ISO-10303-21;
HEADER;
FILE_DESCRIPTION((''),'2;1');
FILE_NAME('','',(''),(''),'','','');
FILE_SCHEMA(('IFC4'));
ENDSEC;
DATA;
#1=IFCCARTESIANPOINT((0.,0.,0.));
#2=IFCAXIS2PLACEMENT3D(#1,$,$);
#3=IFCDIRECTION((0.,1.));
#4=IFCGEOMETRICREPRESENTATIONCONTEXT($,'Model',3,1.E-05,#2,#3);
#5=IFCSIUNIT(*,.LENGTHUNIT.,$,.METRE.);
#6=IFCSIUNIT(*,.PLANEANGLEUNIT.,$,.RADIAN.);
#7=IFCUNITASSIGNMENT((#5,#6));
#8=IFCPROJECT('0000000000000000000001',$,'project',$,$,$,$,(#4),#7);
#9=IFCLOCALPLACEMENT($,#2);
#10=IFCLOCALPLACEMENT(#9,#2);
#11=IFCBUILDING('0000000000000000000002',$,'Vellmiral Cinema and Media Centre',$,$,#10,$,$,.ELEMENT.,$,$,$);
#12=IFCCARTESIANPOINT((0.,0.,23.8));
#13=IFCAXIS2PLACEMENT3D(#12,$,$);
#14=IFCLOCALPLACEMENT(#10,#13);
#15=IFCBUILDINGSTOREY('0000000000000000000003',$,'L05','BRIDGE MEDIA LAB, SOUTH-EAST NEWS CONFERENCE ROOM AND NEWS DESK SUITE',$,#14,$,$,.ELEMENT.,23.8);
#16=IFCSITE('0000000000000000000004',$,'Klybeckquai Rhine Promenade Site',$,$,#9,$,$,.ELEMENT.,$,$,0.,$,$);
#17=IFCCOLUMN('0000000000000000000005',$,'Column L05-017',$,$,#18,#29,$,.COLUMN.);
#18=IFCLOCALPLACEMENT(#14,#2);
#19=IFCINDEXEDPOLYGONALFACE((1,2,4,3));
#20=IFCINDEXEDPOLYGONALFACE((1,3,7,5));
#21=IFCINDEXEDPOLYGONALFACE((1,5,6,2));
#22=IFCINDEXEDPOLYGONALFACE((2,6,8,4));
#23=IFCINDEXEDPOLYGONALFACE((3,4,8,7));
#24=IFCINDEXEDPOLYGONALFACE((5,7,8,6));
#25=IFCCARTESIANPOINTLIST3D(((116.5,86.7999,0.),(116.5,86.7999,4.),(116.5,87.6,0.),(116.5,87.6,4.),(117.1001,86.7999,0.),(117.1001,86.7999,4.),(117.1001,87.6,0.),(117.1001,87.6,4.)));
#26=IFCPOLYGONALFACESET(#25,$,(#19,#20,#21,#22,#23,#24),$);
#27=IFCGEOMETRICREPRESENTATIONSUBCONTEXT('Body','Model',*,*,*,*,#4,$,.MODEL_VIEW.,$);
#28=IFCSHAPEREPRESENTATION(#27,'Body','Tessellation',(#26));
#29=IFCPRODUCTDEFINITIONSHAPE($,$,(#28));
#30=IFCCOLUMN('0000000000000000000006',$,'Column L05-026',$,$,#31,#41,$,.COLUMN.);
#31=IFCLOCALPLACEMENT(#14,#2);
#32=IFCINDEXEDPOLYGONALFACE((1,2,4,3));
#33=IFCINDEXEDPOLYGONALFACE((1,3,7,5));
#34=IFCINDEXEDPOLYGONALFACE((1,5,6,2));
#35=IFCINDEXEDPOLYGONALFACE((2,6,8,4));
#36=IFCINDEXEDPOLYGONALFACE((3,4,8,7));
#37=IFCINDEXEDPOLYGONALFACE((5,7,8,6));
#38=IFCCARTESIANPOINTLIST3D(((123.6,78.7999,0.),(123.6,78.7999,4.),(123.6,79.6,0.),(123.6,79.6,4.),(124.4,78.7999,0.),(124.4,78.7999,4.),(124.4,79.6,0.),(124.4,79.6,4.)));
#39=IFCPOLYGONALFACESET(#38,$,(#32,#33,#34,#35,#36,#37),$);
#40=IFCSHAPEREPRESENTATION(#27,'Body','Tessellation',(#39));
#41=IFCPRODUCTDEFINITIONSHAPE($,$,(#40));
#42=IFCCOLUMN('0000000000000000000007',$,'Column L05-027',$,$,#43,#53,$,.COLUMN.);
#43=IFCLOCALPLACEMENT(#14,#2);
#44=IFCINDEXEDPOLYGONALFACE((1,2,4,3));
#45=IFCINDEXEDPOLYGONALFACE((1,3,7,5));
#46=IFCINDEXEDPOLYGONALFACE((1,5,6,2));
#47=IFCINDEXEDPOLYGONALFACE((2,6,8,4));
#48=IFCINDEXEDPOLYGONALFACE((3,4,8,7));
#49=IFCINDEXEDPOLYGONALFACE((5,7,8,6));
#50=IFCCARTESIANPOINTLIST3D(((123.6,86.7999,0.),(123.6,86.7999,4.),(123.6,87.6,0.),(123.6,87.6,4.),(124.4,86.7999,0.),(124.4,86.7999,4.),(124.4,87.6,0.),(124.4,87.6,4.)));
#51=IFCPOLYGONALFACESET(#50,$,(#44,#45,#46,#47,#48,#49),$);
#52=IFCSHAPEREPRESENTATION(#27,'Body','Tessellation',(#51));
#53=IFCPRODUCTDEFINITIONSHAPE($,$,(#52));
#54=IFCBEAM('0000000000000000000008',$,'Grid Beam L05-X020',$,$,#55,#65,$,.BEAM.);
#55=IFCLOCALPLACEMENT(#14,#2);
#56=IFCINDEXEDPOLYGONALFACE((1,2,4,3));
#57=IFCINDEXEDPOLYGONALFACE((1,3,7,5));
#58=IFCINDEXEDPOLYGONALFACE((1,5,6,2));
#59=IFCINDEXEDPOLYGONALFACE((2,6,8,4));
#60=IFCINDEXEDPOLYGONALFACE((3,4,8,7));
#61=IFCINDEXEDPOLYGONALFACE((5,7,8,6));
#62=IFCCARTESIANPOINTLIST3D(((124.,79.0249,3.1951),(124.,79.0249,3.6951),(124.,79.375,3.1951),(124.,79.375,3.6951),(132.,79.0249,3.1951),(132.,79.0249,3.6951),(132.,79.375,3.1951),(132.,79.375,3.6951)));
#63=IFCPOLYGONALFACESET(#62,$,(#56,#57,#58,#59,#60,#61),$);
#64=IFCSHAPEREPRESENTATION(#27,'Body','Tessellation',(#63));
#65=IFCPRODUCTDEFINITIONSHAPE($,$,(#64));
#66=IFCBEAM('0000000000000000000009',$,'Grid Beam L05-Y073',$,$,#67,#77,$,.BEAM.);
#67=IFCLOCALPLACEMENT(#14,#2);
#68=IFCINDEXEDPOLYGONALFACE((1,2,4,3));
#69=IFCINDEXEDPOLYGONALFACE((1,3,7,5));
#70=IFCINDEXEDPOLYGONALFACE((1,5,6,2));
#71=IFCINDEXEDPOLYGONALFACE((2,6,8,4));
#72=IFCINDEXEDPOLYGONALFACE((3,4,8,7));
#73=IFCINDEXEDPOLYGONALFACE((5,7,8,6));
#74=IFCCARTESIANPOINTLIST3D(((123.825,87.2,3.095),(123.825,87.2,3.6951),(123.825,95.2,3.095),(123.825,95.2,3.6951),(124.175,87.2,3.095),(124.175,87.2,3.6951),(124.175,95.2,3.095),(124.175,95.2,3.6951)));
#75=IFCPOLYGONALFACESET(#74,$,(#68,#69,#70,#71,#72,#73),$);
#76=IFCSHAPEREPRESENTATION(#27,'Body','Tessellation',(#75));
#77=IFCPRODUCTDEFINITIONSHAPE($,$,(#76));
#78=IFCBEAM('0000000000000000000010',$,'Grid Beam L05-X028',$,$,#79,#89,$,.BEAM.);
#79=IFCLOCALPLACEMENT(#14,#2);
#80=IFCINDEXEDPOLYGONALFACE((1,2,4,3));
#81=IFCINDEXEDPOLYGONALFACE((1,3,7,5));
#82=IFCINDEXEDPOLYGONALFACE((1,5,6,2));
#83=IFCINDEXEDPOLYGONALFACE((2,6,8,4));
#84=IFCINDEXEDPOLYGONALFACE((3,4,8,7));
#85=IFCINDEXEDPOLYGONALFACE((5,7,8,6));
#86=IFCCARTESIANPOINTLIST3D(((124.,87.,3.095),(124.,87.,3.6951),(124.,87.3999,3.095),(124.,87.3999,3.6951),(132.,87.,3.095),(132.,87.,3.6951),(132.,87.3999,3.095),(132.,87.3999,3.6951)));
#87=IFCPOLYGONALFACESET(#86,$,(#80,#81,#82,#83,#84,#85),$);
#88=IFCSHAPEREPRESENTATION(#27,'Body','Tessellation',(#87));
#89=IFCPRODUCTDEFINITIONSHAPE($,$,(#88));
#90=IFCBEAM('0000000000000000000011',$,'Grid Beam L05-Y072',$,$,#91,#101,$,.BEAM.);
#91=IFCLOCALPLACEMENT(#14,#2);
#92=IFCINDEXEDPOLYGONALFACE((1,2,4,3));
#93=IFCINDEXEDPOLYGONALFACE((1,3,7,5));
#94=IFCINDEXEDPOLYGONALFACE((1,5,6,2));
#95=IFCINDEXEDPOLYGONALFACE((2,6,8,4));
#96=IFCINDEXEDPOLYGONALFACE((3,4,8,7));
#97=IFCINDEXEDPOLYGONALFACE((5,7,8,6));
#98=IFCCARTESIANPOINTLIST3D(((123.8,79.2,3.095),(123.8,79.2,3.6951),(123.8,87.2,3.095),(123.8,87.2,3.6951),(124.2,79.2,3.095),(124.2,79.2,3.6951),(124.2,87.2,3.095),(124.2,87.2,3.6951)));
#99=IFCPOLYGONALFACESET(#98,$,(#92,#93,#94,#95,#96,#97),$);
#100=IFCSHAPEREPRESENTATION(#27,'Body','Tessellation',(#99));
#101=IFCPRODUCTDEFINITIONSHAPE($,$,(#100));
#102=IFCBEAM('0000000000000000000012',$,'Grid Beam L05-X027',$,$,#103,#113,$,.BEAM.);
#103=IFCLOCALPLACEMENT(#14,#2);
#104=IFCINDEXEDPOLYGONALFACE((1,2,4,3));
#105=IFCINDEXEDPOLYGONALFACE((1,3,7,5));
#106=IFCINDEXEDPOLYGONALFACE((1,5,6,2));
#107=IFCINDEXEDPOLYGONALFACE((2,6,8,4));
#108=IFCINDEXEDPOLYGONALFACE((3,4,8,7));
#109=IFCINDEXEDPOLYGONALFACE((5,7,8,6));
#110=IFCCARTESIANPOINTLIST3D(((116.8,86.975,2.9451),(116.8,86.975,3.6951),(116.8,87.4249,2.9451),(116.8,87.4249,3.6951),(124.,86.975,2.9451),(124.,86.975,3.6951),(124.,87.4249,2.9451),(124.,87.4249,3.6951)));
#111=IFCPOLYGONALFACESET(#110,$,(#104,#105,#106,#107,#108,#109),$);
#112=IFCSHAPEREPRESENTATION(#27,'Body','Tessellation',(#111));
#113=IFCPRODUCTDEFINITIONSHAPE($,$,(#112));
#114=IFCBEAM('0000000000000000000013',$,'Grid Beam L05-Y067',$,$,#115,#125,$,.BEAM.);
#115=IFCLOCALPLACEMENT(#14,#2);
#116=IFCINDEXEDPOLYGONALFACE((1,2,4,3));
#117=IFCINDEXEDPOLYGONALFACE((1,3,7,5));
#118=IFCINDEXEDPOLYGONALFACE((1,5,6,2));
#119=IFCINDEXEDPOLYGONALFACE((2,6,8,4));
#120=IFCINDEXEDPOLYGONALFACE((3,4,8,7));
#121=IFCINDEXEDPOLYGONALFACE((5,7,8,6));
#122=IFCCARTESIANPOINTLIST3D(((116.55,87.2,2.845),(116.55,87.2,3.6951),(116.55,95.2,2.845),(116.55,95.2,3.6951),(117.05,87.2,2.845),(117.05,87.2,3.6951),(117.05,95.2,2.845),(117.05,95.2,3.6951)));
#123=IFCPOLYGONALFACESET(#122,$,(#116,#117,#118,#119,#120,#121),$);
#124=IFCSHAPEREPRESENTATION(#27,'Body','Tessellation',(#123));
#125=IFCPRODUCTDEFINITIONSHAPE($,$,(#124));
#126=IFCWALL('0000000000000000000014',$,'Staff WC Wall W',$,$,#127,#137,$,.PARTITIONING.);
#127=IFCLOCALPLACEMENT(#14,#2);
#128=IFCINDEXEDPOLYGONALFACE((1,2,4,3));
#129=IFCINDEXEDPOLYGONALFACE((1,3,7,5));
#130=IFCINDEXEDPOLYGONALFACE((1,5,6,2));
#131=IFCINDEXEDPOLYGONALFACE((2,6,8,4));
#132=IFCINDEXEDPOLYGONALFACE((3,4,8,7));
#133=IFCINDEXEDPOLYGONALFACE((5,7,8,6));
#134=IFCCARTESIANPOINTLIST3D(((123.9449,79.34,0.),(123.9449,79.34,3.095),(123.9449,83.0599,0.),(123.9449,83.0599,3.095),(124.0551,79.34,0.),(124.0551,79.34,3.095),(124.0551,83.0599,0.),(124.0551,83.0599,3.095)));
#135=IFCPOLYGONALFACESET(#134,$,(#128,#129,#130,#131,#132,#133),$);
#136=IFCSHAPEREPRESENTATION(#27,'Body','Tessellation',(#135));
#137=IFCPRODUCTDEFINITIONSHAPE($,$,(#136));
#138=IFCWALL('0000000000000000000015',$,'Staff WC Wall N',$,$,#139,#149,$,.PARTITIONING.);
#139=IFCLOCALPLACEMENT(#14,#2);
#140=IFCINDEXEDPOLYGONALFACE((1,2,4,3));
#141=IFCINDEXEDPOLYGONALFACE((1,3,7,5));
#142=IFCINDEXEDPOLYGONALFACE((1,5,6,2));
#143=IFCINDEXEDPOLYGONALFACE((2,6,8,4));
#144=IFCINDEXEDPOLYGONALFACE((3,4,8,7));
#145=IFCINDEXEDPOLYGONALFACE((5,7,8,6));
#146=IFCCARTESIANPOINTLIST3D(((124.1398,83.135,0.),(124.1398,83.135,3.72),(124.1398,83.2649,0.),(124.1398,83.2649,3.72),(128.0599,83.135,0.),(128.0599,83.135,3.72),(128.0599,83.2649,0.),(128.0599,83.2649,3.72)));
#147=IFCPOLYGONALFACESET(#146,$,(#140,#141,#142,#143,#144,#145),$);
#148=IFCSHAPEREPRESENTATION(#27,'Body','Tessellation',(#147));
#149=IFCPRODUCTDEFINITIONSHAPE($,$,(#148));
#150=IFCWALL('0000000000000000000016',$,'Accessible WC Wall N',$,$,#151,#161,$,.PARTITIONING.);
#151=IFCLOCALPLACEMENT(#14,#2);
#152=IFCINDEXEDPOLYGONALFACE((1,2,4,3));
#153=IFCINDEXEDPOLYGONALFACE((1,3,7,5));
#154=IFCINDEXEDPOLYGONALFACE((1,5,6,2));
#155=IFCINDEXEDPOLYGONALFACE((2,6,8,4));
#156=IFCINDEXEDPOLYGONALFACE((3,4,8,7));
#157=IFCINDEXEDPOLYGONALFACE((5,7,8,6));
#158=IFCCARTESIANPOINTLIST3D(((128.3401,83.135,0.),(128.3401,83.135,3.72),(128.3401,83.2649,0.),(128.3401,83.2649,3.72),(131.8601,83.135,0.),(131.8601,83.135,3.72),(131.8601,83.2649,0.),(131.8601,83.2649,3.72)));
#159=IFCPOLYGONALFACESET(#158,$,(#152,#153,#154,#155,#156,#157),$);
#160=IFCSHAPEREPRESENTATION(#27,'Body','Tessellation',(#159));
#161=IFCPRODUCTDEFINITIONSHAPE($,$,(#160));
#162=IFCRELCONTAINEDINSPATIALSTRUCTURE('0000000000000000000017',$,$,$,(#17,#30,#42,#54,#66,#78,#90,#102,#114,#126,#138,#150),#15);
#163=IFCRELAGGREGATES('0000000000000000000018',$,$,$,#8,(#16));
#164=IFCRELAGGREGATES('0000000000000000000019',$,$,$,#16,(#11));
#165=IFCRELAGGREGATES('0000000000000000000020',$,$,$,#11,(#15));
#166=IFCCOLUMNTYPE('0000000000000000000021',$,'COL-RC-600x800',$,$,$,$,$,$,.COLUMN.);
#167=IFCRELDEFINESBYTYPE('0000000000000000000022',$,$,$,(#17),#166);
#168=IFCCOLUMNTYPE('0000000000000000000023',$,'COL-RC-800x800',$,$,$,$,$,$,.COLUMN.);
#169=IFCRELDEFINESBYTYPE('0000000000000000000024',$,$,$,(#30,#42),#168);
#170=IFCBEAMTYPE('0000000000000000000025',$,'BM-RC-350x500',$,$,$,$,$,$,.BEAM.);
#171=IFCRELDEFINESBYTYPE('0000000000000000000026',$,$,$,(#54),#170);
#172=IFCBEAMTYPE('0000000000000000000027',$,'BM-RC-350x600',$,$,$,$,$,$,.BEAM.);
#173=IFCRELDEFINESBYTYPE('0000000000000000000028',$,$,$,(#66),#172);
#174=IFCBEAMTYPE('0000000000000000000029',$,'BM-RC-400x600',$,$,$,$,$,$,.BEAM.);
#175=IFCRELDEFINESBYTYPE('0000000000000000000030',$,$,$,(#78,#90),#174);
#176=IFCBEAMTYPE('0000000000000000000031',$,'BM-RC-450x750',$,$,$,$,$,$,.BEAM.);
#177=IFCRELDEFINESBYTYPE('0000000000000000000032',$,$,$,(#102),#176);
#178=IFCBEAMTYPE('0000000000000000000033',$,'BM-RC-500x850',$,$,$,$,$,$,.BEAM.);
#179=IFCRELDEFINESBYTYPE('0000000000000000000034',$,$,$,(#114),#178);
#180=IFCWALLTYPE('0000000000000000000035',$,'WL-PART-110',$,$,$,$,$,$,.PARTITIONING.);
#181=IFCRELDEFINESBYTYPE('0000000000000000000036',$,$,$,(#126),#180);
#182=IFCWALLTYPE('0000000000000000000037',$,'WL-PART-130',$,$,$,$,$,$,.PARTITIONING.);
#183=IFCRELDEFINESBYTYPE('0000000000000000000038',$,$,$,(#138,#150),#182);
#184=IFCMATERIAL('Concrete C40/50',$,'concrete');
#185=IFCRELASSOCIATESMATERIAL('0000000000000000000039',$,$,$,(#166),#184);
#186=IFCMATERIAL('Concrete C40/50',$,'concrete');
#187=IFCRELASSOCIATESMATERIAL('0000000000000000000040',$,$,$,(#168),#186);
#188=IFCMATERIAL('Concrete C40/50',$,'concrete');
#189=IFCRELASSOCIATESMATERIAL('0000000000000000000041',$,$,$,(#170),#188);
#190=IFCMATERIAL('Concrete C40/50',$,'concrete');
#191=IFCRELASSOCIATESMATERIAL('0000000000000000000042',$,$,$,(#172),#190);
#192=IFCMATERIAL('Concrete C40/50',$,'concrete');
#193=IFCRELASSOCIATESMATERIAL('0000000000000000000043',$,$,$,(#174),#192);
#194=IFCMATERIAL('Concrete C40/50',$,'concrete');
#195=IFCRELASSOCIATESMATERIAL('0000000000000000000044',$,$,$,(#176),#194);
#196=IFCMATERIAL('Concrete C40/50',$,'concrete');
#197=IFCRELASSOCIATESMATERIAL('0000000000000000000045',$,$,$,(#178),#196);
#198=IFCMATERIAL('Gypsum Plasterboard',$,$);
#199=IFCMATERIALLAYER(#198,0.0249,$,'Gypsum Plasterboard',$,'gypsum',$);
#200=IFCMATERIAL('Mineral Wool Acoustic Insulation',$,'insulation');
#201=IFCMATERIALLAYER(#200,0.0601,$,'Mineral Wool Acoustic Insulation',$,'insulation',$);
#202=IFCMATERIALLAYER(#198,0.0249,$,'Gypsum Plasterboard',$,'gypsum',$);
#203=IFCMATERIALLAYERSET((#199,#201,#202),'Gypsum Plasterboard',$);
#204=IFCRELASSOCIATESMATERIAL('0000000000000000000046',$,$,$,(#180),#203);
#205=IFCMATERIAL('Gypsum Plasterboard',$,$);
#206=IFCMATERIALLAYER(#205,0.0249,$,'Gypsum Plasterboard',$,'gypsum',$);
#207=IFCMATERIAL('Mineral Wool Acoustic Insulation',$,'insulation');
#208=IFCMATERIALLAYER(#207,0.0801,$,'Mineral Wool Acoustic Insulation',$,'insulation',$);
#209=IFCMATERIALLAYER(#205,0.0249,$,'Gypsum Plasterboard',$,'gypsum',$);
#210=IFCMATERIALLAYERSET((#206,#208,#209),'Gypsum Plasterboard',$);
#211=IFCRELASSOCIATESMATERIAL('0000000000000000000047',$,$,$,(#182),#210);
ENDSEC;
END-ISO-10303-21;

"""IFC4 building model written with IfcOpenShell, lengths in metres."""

from ifc_helpers import new_model, si_unit, direction, frame, frame_2d, origin, origin_2d, place, context, subcontext, project, spatial, rectangle, extrude, material, layer, layer_set, material_profile, profile_set, type_object, element, save


model = new_model("IFC4")

# Units and contexts
model_context = context("Model", 3, precision=1e-05, world=origin(), true_north=direction((0.0, 1.0)))
body_context = subcontext(model_context, "Body", "Model", "MODEL_VIEW")
ifc_project = project(units=[si_unit("LENGTHUNIT", "METRE"), si_unit("PLANEANGLEUNIT", "RADIAN")], contexts=[model_context])

# Site, building, storey
site_placement = place(None, origin())
site = spatial("IfcSite", under=ifc_project, at=site_placement, Name="Klybeckquai Rhine Promenade Site", CompositionType="ELEMENT", RefElevation=0.0)
building_placement = place(site_placement, origin())
building = spatial("IfcBuilding", under=site, at=building_placement, Name="Vellmiral Cinema and Media Centre", CompositionType="ELEMENT")
storey_placement = place(building_placement, frame((0.0, 0.0, 23.8)))
storey = spatial("IfcBuildingStorey", under=building, at=storey_placement, Name="L05", Description="BRIDGE MEDIA LAB, SOUTH-EAST NEWS CONFERENCE ROOM AND NEWS DESK SUITE", CompositionType="ELEMENT", Elevation=23.8)

# Columns
ifc_material_1 = material(Name="Concrete C40/50", Category="concrete")
ifc_material_profile_1 = material_profile(ifc_material_1, rectangle(XDim=0.6001, YDim=0.8, at=origin_2d()), Name="RC 600x800")
ifc_profile_set_1 = profile_set([ifc_material_profile_1], Name="Concrete C40/50")
column_type_1 = type_object("IfcColumnType", Name="COL-RC-600x800", PredefinedType="COLUMN", material=ifc_profile_set_1)
column_placement = place(storey_placement, frame((116.8, 87.2, 0.0), z_axis=(0.0, 0.0, 1.0), x_axis=(1.0, 0.0, 0.0)))
element("IfcColumn", 1, at=column_placement, inside=storey, type_object=column_type_1, Name="Column L05-017", PredefinedType="COLUMN", context=body_context, shape_type="SweptSolid", body=[
    extrude(rectangle(XDim=0.6001, YDim=0.8, at=origin_2d()), origin(), (0.0, 0.0, 1.0), 4.0),
])
ifc_material_2 = material(Name="Concrete C40/50", Category="concrete")
ifc_material_profile_2 = material_profile(ifc_material_2, rectangle(XDim=0.8, YDim=0.8, at=origin_2d()), Name="RC 800x800")
ifc_profile_set_2 = profile_set([ifc_material_profile_2], Name="Concrete C40/50")
column_type_2 = type_object("IfcColumnType", Name="COL-RC-800x800", PredefinedType="COLUMN", material=ifc_profile_set_2)
for number, where, z_axis, x_axis, name in (
    (2, (124.0, 79.2, 0.0), (0.0, 0.0, 1.0), (1.0, 0.0, 0.0), "Column L05-026"),
    (3, (124.0, 87.2, 0.0), (0.0, 0.0, 1.0), (1.0, 0.0, 0.0), "Column L05-027"),
):
    element("IfcColumn", number, at=place(storey_placement, frame(where, z_axis=z_axis, x_axis=x_axis)), inside=storey, type_object=column_type_2, Name=name, PredefinedType="COLUMN", context=body_context, shape_type="SweptSolid", body=[
        extrude(rectangle(XDim=0.8, YDim=0.8, at=origin_2d()), origin(), (0.0, 0.0, 1.0), 4.0),
    ])

# Beams
ifc_material_3 = material(Name="Concrete C40/50", Category="concrete")
ifc_material_profile_3 = material_profile(ifc_material_3, rectangle(XDim=0.3501, YDim=0.5, at=origin_2d()), Name="RC 350x500")
ifc_profile_set_3 = profile_set([ifc_material_profile_3], Name="Concrete C40/50")
beam_type_1 = type_object("IfcBeamType", Name="BM-RC-350x500", PredefinedType="BEAM", material=ifc_profile_set_3)
beam_1_placement = place(storey_placement, frame((124.0, 79.2, 3.4451), z_axis=(1.0, 0.0, 0.0), x_axis=(0.0, 1.0, 0.0)))
element("IfcBeam", 4, at=beam_1_placement, inside=storey, type_object=beam_type_1, Name="Grid Beam L05-X020", PredefinedType="BEAM", context=body_context, shape_type="SweptSolid", body=[
    extrude(rectangle(XDim=0.3501, YDim=0.5, at=origin_2d()), origin(), (0.0, 0.0, 1.0), 8.0),
])
ifc_material_4 = material(Name="Concrete C40/50", Category="concrete")
ifc_material_profile_4 = material_profile(ifc_material_4, rectangle(XDim=0.3501, YDim=0.6001, at=origin_2d()), Name="RC 350x600")
ifc_profile_set_4 = profile_set([ifc_material_profile_4], Name="Concrete C40/50")
beam_type_2 = type_object("IfcBeamType", Name="BM-RC-350x600", PredefinedType="BEAM", material=ifc_profile_set_4)
beam_2_placement = place(storey_placement, frame((124.0, 87.2, 3.395), z_axis=(0.0, 1.0, 0.0), x_axis=(-1.0, 0.0, 0.0)))
element("IfcBeam", 5, at=beam_2_placement, inside=storey, type_object=beam_type_2, Name="Grid Beam L05-Y073", PredefinedType="BEAM", context=body_context, shape_type="SweptSolid", body=[
    extrude(rectangle(XDim=0.3501, YDim=0.6001, at=origin_2d()), origin(), (0.0, 0.0, 1.0), 8.0),
])
ifc_material_5 = material(Name="Concrete C40/50", Category="concrete")
ifc_material_profile_5 = material_profile(ifc_material_5, rectangle(XDim=0.3999, YDim=0.6001, at=origin_2d()), Name="RC 400x600")
ifc_profile_set_5 = profile_set([ifc_material_profile_5], Name="Concrete C40/50")
beam_type_3 = type_object("IfcBeamType", Name="BM-RC-400x600", PredefinedType="BEAM", material=ifc_profile_set_5)
for number, where, z_axis, x_axis, name in (
    (6, (124.0, 87.2, 3.395), (1.0, 0.0, 0.0), (0.0, 1.0, 0.0), "Grid Beam L05-X028"),
    (7, (124.0, 79.2, 3.395), (0.0, 1.0, 0.0), (-1.0, 0.0, 0.0), "Grid Beam L05-Y072"),
):
    element("IfcBeam", number, at=place(storey_placement, frame(where, z_axis=z_axis, x_axis=x_axis)), inside=storey, type_object=beam_type_3, Name=name, PredefinedType="BEAM", context=body_context, shape_type="SweptSolid", body=[
        extrude(rectangle(XDim=0.3999, YDim=0.6001, at=origin_2d()), origin(), (0.0, 0.0, 1.0), 8.0),
    ])
ifc_material_6 = material(Name="Concrete C40/50", Category="concrete")
ifc_material_profile_6 = material_profile(ifc_material_6, rectangle(XDim=0.45, YDim=0.75, at=origin_2d()), Name="RC 450x750")
ifc_profile_set_6 = profile_set([ifc_material_profile_6], Name="Concrete C40/50")
beam_type_4 = type_object("IfcBeamType", Name="BM-RC-450x750", PredefinedType="BEAM", material=ifc_profile_set_6)
beam_3_placement = place(storey_placement, frame((116.8, 87.2, 3.3201), z_axis=(1.0, 0.0, 0.0), x_axis=(0.0, 1.0, 0.0)))
element("IfcBeam", 8, at=beam_3_placement, inside=storey, type_object=beam_type_4, Name="Grid Beam L05-X027", PredefinedType="BEAM", context=body_context, shape_type="SweptSolid", body=[
    extrude(rectangle(XDim=0.45, YDim=0.75, at=origin_2d()), origin(), (0.0, 0.0, 1.0), 7.2),
])
ifc_material_7 = material(Name="Concrete C40/50", Category="concrete")
ifc_material_profile_7 = material_profile(ifc_material_7, rectangle(XDim=0.5, YDim=0.8501, at=origin_2d()), Name="RC 500x850")
ifc_profile_set_7 = profile_set([ifc_material_profile_7], Name="Concrete C40/50")
beam_type_5 = type_object("IfcBeamType", Name="BM-RC-500x850", PredefinedType="BEAM", material=ifc_profile_set_7)
beam_4_placement = place(storey_placement, frame((116.8, 87.2, 3.27), z_axis=(0.0, 1.0, 0.0), x_axis=(-1.0, 0.0, 0.0)))
element("IfcBeam", 9, at=beam_4_placement, inside=storey, type_object=beam_type_5, Name="Grid Beam L05-Y067", PredefinedType="BEAM", context=body_context, shape_type="SweptSolid", body=[
    extrude(rectangle(XDim=0.5, YDim=0.8501, at=origin_2d()), origin(), (0.0, 0.0, 1.0), 8.0),
])

# Walls
ifc_material_8 = material(Name="Gypsum Plasterboard")
ifc_layer_1 = layer(ifc_material_8, 0.0249, Name="Gypsum Plasterboard", Category="gypsum")
ifc_material_9 = material(Name="Mineral Wool Acoustic Insulation", Category="insulation")
ifc_layer_2 = layer(ifc_material_9, 0.0601, Name="Mineral Wool Acoustic Insulation", Category="insulation")
ifc_layer_3 = layer(ifc_material_8, 0.0249, Name="Gypsum Plasterboard", Category="gypsum")
ifc_layer_set_1 = layer_set([ifc_layer_1, ifc_layer_2, ifc_layer_3], Name="Gypsum Plasterboard")
wall_type_1 = type_object("IfcWallType", Name="WL-PART-110", PredefinedType="PARTITIONING", material=ifc_layer_set_1)
wall_1_placement = place(storey_placement, frame((124.0, 79.3401, 0.0), z_axis=(0.0, 0.0, 1.0), x_axis=(0.0, 1.0, 0.0)))
element("IfcWall", 10, at=wall_1_placement, inside=storey, type_object=wall_type_1, Name="Staff WC Wall W", PredefinedType="PARTITIONING", context=body_context, shape_type="SweptSolid", body=[
    extrude(rectangle(XDim=3.72, YDim=0.1101, at=frame_2d((1.8599, 0.0))), origin(), (0.0, 0.0, 1.0), 3.095),
])
ifc_material_10 = material(Name="Gypsum Plasterboard")
ifc_layer_4 = layer(ifc_material_10, 0.0249, Name="Gypsum Plasterboard", Category="gypsum")
ifc_material_11 = material(Name="Mineral Wool Acoustic Insulation", Category="insulation")
ifc_layer_5 = layer(ifc_material_11, 0.0801, Name="Mineral Wool Acoustic Insulation", Category="insulation")
ifc_layer_6 = layer(ifc_material_10, 0.0249, Name="Gypsum Plasterboard", Category="gypsum")
ifc_layer_set_2 = layer_set([ifc_layer_4, ifc_layer_5, ifc_layer_6], Name="Gypsum Plasterboard")
wall_type_2 = type_object("IfcWallType", Name="WL-PART-130", PredefinedType="PARTITIONING", material=ifc_layer_set_2)
wall_2_placement = place(storey_placement, frame((124.1399, 83.2, 0.0), z_axis=(0.0, 0.0, 1.0), x_axis=(1.0, 0.0, 0.0)))
element("IfcWall", 11, at=wall_2_placement, inside=storey, type_object=wall_type_2, Name="Staff WC Wall N", PredefinedType="PARTITIONING", context=body_context, shape_type="SweptSolid", body=[
    extrude(rectangle(XDim=3.9202, YDim=0.1299, at=frame_2d((1.96, 0.0))), origin(), (0.0, 0.0, 1.0), 3.72),
])
wall_3_placement = place(storey_placement, frame((128.3401, 83.2, 0.0), z_axis=(0.0, 0.0, 1.0), x_axis=(1.0, 0.0, 0.0)))
element("IfcWall", 12, at=wall_3_placement, inside=storey, type_object=wall_type_2, Name="Accessible WC Wall N", PredefinedType="PARTITIONING", context=body_context, shape_type="SweptSolid", body=[
    extrude(rectangle(XDim=3.52, YDim=0.1299, at=frame_2d((1.76, 0.0))), origin(), (0.0, 0.0, 1.0), 3.72),
])

save(model, "model.ifc")
